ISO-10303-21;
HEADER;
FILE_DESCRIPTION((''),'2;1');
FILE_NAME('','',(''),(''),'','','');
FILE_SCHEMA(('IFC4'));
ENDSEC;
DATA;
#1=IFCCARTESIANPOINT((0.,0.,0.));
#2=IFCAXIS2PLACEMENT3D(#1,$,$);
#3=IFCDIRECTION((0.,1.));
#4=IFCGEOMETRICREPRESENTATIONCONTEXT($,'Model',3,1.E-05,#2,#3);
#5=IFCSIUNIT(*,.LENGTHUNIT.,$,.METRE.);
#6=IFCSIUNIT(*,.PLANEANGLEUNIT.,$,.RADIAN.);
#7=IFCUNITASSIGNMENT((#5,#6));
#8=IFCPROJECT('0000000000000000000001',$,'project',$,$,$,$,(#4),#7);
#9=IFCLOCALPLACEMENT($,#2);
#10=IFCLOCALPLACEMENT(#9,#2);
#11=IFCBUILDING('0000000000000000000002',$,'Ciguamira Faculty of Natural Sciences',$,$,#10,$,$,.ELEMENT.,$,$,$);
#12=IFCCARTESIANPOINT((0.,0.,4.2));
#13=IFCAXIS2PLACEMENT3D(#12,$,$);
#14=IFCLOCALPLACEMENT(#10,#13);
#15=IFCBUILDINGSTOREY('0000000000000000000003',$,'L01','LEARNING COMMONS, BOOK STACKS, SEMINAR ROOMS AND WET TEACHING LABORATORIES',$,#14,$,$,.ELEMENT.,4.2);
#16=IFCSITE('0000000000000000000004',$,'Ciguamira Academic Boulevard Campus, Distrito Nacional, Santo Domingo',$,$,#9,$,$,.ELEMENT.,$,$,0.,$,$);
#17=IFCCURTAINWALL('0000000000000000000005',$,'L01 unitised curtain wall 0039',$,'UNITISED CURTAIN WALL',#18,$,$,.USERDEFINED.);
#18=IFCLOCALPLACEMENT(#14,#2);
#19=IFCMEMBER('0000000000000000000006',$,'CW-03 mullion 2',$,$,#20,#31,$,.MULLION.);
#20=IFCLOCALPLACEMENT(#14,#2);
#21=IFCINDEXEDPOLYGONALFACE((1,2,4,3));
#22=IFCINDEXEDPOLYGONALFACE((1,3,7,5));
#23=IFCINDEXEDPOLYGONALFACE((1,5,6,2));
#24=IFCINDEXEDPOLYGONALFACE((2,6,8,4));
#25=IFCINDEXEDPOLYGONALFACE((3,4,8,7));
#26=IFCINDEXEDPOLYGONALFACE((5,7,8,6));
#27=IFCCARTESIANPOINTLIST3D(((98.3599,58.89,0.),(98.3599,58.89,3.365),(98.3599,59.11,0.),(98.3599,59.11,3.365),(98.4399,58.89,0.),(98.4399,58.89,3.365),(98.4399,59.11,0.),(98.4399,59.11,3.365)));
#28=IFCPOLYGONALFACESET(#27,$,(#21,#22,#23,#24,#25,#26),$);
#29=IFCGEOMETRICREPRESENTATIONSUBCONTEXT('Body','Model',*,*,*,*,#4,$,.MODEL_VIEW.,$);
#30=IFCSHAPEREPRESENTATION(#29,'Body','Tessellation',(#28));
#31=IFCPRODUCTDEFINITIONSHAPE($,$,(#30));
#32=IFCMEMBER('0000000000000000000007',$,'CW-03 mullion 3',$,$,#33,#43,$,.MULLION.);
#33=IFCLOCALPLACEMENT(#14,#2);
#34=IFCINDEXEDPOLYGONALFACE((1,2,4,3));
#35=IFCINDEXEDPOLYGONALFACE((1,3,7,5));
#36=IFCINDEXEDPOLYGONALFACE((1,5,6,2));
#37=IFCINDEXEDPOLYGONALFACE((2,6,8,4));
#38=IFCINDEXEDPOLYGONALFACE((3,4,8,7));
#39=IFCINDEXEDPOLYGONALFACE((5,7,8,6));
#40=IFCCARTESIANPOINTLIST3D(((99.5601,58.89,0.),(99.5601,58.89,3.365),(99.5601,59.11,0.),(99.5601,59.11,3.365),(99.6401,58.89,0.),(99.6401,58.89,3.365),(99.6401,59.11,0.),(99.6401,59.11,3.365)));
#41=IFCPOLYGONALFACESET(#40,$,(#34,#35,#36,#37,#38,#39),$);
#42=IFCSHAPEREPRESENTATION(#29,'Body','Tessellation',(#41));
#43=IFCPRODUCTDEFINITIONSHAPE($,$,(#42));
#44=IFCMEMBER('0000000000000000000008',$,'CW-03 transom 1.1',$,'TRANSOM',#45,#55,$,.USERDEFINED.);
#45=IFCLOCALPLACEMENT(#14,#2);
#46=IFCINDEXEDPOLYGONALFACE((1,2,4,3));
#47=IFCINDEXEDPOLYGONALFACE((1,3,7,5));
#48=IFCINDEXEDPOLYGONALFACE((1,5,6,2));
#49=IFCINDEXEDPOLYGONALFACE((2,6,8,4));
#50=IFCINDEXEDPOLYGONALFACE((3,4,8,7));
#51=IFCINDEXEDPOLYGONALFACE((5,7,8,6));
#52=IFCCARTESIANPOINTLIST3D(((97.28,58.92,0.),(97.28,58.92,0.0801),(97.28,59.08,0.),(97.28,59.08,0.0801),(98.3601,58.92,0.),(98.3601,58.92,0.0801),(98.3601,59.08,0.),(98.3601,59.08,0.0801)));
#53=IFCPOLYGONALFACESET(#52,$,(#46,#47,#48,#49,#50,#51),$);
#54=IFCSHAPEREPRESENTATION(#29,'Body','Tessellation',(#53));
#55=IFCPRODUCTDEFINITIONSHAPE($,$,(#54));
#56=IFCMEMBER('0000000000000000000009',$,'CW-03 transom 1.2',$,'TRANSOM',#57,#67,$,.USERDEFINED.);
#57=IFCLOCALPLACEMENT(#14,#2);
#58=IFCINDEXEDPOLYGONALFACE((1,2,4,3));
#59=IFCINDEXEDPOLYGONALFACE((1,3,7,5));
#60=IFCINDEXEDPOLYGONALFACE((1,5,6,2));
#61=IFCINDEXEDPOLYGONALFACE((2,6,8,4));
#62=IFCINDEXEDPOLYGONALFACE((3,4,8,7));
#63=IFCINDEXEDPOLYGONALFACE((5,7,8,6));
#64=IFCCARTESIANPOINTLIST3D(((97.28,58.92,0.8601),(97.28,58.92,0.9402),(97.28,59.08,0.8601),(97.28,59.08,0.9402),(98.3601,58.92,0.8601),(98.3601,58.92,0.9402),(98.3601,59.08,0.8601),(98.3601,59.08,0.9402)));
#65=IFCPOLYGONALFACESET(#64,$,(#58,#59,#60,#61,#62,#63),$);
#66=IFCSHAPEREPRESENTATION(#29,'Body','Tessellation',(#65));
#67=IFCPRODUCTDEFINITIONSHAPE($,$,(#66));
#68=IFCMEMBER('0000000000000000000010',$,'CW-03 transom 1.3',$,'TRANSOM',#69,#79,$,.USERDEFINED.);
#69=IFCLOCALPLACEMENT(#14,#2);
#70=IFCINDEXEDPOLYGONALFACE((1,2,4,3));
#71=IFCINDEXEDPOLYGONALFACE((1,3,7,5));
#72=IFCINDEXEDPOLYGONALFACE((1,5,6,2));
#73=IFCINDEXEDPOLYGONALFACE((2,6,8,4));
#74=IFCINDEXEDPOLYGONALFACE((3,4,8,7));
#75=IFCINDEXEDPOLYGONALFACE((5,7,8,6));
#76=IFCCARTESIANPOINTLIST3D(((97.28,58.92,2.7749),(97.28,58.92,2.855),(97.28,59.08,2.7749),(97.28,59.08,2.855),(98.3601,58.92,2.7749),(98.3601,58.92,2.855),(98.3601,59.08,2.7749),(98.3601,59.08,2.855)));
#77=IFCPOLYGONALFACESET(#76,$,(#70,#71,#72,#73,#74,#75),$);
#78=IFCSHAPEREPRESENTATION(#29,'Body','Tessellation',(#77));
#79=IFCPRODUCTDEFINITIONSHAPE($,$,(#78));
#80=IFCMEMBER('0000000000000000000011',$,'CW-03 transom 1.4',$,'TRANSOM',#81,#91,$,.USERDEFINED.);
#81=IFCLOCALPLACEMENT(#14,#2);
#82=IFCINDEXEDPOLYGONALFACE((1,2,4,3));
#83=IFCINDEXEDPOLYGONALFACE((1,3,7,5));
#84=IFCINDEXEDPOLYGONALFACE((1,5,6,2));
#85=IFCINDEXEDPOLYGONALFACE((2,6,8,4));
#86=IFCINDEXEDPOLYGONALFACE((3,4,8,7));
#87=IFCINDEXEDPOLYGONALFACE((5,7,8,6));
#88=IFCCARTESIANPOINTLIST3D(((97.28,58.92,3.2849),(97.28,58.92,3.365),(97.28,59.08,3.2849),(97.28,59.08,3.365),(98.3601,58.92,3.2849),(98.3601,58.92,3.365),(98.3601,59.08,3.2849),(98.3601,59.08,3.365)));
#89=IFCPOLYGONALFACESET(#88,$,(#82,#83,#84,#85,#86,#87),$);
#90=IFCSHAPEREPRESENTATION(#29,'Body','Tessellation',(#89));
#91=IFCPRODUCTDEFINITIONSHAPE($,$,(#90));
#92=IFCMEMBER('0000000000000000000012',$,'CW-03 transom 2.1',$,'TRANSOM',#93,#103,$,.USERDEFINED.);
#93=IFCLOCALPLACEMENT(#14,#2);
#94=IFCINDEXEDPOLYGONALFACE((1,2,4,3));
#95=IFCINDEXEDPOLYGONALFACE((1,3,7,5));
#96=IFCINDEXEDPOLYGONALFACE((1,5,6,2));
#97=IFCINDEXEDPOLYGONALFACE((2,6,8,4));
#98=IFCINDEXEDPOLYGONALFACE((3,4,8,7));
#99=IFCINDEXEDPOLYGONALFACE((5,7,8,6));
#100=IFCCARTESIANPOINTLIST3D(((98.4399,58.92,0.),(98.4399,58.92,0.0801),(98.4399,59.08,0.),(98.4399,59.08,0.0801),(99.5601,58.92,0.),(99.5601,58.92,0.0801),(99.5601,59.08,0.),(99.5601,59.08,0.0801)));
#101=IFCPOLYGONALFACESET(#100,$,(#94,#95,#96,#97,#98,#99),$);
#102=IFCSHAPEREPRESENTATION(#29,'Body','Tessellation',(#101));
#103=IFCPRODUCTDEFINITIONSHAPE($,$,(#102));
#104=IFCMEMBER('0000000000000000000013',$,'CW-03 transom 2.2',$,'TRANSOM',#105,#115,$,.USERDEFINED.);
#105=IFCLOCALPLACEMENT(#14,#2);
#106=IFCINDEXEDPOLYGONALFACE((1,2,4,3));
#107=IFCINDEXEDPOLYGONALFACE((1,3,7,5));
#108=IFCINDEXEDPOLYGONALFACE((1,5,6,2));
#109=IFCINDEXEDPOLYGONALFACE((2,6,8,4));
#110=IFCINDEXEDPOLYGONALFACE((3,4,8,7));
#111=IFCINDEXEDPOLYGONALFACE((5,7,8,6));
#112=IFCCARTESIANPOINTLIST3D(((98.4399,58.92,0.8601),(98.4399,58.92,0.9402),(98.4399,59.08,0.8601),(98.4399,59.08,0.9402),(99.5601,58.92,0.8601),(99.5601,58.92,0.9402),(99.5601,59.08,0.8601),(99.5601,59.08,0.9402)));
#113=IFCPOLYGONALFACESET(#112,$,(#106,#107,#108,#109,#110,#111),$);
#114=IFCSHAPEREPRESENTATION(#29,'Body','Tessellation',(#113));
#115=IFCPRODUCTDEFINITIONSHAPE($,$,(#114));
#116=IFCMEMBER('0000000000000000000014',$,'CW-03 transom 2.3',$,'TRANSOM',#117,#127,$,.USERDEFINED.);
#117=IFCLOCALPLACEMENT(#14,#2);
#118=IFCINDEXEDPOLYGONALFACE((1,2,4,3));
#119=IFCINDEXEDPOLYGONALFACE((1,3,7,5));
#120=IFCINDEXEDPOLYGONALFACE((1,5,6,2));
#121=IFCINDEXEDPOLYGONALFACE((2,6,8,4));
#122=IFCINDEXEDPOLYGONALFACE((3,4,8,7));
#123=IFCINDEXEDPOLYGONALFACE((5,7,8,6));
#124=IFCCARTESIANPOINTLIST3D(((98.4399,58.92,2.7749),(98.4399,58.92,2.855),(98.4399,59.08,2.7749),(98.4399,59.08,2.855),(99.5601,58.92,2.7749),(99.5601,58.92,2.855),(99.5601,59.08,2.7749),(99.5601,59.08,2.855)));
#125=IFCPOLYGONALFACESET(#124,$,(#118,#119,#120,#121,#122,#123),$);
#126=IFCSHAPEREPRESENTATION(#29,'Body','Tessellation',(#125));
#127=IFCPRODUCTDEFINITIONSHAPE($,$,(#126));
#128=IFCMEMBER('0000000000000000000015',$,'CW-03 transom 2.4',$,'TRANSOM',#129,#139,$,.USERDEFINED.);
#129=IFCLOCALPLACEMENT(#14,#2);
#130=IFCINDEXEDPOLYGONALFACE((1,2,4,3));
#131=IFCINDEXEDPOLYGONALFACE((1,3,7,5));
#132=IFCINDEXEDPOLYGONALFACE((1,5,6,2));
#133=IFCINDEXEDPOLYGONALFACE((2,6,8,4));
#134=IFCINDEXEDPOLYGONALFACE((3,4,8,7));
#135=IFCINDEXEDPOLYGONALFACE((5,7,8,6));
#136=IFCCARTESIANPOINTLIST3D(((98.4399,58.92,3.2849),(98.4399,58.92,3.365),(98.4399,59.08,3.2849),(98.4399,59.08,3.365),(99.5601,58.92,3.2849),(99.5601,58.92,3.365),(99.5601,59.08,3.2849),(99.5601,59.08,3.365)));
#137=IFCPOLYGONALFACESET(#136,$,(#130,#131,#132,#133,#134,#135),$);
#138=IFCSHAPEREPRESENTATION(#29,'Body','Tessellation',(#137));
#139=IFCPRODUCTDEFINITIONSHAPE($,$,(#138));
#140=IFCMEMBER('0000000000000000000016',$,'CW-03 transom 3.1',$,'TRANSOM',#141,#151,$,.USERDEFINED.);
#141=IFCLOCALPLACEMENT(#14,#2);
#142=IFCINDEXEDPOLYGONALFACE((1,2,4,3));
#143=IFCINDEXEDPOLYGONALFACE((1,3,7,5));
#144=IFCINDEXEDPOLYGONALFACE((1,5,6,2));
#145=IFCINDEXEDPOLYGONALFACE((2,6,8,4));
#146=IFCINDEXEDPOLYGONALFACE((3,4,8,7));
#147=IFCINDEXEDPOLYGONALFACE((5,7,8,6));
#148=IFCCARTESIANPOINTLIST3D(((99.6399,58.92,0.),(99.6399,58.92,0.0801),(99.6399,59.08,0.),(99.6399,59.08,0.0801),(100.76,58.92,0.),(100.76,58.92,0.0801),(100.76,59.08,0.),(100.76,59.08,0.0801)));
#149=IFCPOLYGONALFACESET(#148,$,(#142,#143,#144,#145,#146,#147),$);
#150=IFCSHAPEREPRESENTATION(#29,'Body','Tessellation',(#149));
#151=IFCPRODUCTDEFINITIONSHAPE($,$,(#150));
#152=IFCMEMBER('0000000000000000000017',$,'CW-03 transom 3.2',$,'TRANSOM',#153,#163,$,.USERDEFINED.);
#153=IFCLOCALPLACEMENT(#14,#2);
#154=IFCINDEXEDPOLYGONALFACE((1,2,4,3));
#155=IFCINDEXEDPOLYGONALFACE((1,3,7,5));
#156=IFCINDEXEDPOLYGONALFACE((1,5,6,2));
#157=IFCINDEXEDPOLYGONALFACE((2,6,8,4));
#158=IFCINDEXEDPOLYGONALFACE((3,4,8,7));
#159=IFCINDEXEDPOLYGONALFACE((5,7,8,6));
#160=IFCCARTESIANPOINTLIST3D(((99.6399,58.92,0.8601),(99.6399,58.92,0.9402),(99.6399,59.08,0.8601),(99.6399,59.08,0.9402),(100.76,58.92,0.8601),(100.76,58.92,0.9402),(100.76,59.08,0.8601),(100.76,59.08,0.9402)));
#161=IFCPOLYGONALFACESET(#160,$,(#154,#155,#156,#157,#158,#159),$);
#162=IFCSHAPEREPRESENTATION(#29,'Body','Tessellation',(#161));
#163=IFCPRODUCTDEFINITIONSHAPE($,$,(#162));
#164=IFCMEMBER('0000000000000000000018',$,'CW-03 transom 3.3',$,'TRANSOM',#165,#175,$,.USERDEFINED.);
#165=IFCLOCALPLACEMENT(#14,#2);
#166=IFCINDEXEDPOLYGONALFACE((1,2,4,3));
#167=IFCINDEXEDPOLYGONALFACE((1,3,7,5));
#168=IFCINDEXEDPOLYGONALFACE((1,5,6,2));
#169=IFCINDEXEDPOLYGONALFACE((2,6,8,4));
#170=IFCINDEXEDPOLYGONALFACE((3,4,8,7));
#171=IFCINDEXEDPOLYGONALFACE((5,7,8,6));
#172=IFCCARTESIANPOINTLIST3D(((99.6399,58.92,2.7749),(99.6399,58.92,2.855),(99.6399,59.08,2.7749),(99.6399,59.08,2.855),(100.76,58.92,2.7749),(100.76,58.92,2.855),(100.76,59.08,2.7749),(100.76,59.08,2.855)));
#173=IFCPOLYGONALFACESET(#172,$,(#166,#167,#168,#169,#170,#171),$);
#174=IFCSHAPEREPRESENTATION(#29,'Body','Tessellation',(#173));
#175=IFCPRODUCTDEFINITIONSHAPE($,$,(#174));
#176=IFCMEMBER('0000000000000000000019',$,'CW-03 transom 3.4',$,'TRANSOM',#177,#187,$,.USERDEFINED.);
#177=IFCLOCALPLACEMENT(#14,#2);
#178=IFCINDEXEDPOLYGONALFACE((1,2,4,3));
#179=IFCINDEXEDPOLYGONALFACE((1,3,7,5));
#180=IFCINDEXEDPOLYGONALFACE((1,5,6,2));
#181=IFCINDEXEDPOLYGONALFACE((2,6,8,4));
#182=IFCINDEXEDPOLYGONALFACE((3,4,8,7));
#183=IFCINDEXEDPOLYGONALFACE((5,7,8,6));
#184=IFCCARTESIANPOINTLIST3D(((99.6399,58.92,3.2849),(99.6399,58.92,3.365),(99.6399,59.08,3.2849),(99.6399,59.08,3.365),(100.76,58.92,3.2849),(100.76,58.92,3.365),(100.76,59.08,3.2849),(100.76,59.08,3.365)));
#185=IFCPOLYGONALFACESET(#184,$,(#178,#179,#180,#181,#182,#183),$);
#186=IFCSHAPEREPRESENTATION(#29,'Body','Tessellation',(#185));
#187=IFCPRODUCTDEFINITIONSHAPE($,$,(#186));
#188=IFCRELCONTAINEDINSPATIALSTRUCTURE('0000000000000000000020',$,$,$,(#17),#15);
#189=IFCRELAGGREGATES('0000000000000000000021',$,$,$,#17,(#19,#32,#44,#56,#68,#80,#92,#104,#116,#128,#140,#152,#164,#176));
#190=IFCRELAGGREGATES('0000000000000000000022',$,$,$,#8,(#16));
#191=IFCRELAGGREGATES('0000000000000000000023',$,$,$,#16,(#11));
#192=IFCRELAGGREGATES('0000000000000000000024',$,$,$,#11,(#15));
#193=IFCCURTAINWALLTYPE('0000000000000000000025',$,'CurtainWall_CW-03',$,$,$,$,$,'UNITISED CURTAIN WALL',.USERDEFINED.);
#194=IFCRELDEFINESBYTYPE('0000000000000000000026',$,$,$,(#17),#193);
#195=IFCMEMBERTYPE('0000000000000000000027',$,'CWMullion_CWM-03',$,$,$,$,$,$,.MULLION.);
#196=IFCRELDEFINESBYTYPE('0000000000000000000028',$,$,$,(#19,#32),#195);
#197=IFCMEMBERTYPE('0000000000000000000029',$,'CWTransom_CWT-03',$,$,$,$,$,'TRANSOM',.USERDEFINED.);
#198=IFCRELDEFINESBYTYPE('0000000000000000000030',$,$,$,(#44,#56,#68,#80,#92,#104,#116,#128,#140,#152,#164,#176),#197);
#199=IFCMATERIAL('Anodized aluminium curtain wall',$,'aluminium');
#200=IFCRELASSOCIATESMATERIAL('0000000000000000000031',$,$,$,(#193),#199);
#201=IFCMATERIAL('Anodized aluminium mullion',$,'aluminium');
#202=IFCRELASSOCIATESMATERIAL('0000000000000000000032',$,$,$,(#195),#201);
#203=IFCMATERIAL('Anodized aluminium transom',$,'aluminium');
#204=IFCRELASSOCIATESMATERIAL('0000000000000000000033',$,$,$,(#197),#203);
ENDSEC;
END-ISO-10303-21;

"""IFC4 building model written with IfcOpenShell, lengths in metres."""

from ifc_helpers import new_model, si_unit, direction, frame, origin, origin_2d, place, context, subcontext, project, spatial, rectangle, extrude, material, material_profile, profile_set, type_object, element, aggregate, save


model = new_model("IFC4")

# Units and contexts
model_context = context("Model", 3, precision=1e-05, world=origin(), true_north=direction((0.0, 1.0)))
body_context = subcontext(model_context, "Body", "Model", "MODEL_VIEW")
ifc_project = project(units=[si_unit("LENGTHUNIT", "METRE"), si_unit("PLANEANGLEUNIT", "RADIAN")], contexts=[model_context])

# Site, building, storey
site_placement = place(None, origin())
site = spatial("IfcSite", under=ifc_project, at=site_placement, Name="Ciguamira Academic Boulevard Campus, Distrito Nacional, Santo Domingo", CompositionType="ELEMENT", RefElevation=0.0)
building_placement = place(site_placement, origin())
building = spatial("IfcBuilding", under=site, at=building_placement, Name="Ciguamira Faculty of Natural Sciences", CompositionType="ELEMENT")
storey_placement = place(building_placement, frame((0.0, 0.0, 4.2)))
storey = spatial("IfcBuildingStorey", under=building, at=storey_placement, Name="L01", Description="LEARNING COMMONS, BOOK STACKS, SEMINAR ROOMS AND WET TEACHING LABORATORIES", CompositionType="ELEMENT", Elevation=4.2)

# Curtain wall, members
ifc_material_1 = material(Name="Anodized aluminium curtain wall", Category="aluminium")
curtain_wall_type = type_object("IfcCurtainWallType", Name="CurtainWall_CW-03", ElementType="UNITISED CURTAIN WALL", PredefinedType="USERDEFINED", material=ifc_material_1)
curtain_wall_placement = place(storey_placement, origin())
curtain_wall = element("IfcCurtainWall", 1, at=curtain_wall_placement, inside=storey, type_object=curtain_wall_type, Name="L01 unitised curtain wall 0039", ObjectType="UNITISED CURTAIN WALL", PredefinedType="USERDEFINED")
ifc_material_2 = material(Name="Anodized aluminium mullion", Category="aluminium")
ifc_material_profile_1 = material_profile(ifc_material_2, rectangle(XDim=0.0801, YDim=0.22, at=origin_2d()), Name="ALU-MUL-80X220")
ifc_profile_set_1 = profile_set([ifc_material_profile_1], Name="Anodized aluminium mullion")
member_type_1 = type_object("IfcMemberType", Name="CWMullion_CWM-03", PredefinedType="MULLION", material=ifc_profile_set_1)
member_1_placement = place(storey_placement, frame((98.3999, 59.0, 0.0), z_axis=(0.0, 0.0, 1.0), x_axis=(1.0, 0.0, 0.0)))
member_1 = element("IfcMember", 2, at=member_1_placement, type_object=member_type_1, Name="CW-03 mullion 2", PredefinedType="MULLION", context=body_context, shape_type="SweptSolid", body=[
    extrude(rectangle(XDim=0.0801, YDim=0.22, at=origin_2d()), origin(), (0.0, 0.0, 1.0), 3.365),
])
member_2_placement = place(storey_placement, frame((99.6001, 59.0, 0.0), z_axis=(0.0, 0.0, 1.0), x_axis=(1.0, 0.0, 0.0)))
member_2 = element("IfcMember", 3, at=member_2_placement, type_object=member_type_1, Name="CW-03 mullion 3", PredefinedType="MULLION", context=body_context, shape_type="SweptSolid", body=[
    extrude(rectangle(XDim=0.0801, YDim=0.22, at=origin_2d()), origin(), (0.0, 0.0, 1.0), 3.365),
])
ifc_material_3 = material(Name="Anodized aluminium transom", Category="aluminium")
ifc_material_profile_2 = material_profile(ifc_material_3, rectangle(XDim=0.0801, YDim=0.1599, at=origin_2d()), Name="ALU-TRN-80X160")
ifc_profile_set_2 = profile_set([ifc_material_profile_2], Name="Anodized aluminium transom")
member_type_2 = type_object("IfcMemberType", Name="CWTransom_CWT-03", ElementType="TRANSOM", PredefinedType="USERDEFINED", material=ifc_profile_set_2)
member_3_placement = place(storey_placement, frame((97.28, 59.0, 0.04), z_axis=(1.0, 0.0, 0.0), x_axis=(0.0, 0.0, 1.0)))
member_3 = element("IfcMember", 4, at=member_3_placement, type_object=member_type_2, Name="CW-03 transom 1.1", ObjectType="TRANSOM", PredefinedType="USERDEFINED", context=body_context, shape_type="SweptSolid", body=[
    extrude(rectangle(XDim=0.0801, YDim=0.1599, at=origin_2d()), origin(), (0.0, 0.0, 1.0), 1.0801),
])
member_4_placement = place(storey_placement, frame((97.28, 59.0, 0.9001), z_axis=(1.0, 0.0, 0.0), x_axis=(0.0, 0.0, 1.0)))
member_4 = element("IfcMember", 5, at=member_4_placement, type_object=member_type_2, Name="CW-03 transom 1.2", ObjectType="TRANSOM", PredefinedType="USERDEFINED", context=body_context, shape_type="SweptSolid", body=[
    extrude(rectangle(XDim=0.0801, YDim=0.1599, at=origin_2d()), origin(), (0.0, 0.0, 1.0), 1.0801),
])
member_5_placement = place(storey_placement, frame((97.28, 59.0, 2.8149), z_axis=(1.0, 0.0, 0.0), x_axis=(0.0, 0.0, 1.0)))
member_5 = element("IfcMember", 6, at=member_5_placement, type_object=member_type_2, Name="CW-03 transom 1.3", ObjectType="TRANSOM", PredefinedType="USERDEFINED", context=body_context, shape_type="SweptSolid", body=[
    extrude(rectangle(XDim=0.0801, YDim=0.1599, at=origin_2d()), origin(), (0.0, 0.0, 1.0), 1.0801),
])
member_6_placement = place(storey_placement, frame((97.28, 59.0, 3.325), z_axis=(1.0, 0.0, 0.0), x_axis=(0.0, 0.0, 1.0)))
member_6 = element("IfcMember", 7, at=member_6_placement, type_object=member_type_2, Name="CW-03 transom 1.4", ObjectType="TRANSOM", PredefinedType="USERDEFINED", context=body_context, shape_type="SweptSolid", body=[
    extrude(rectangle(XDim=0.0801, YDim=0.1599, at=origin_2d()), origin(), (0.0, 0.0, 1.0), 1.0801),
])
member_7_placement = place(storey_placement, frame((98.4399, 59.0, 0.04), z_axis=(1.0, 0.0, 0.0), x_axis=(0.0, 0.0, 1.0)))
member_7 = element("IfcMember", 8, at=member_7_placement, type_object=member_type_2, Name="CW-03 transom 2.1", ObjectType="TRANSOM", PredefinedType="USERDEFINED", context=body_context, shape_type="SweptSolid", body=[
    extrude(rectangle(XDim=0.0801, YDim=0.1599, at=origin_2d()), origin(), (0.0, 0.0, 1.0), 1.1201),
])
member_8_placement = place(storey_placement, frame((98.4399, 59.0, 0.9001), z_axis=(1.0, 0.0, 0.0), x_axis=(0.0, 0.0, 1.0)))
member_8 = element("IfcMember", 9, at=member_8_placement, type_object=member_type_2, Name="CW-03 transom 2.2", ObjectType="TRANSOM", PredefinedType="USERDEFINED", context=body_context, shape_type="SweptSolid", body=[
    extrude(rectangle(XDim=0.0801, YDim=0.1599, at=origin_2d()), origin(), (0.0, 0.0, 1.0), 1.1201),
])
member_9_placement = place(storey_placement, frame((98.4399, 59.0, 2.8149), z_axis=(1.0, 0.0, 0.0), x_axis=(0.0, 0.0, 1.0)))
member_9 = element("IfcMember", 10, at=member_9_placement, type_object=member_type_2, Name="CW-03 transom 2.3", ObjectType="TRANSOM", PredefinedType="USERDEFINED", context=body_context, shape_type="SweptSolid", body=[
    extrude(rectangle(XDim=0.0801, YDim=0.1599, at=origin_2d()), origin(), (0.0, 0.0, 1.0), 1.1201),
])
member_10_placement = place(storey_placement, frame((98.4399, 59.0, 3.325), z_axis=(1.0, 0.0, 0.0), x_axis=(0.0, 0.0, 1.0)))
member_10 = element("IfcMember", 11, at=member_10_placement, type_object=member_type_2, Name="CW-03 transom 2.4", ObjectType="TRANSOM", PredefinedType="USERDEFINED", context=body_context, shape_type="SweptSolid", body=[
    extrude(rectangle(XDim=0.0801, YDim=0.1599, at=origin_2d()), origin(), (0.0, 0.0, 1.0), 1.1201),
])
member_11_placement = place(storey_placement, frame((99.6399, 59.0, 0.04), z_axis=(1.0, 0.0, 0.0), x_axis=(0.0, 0.0, 1.0)))
member_11 = element("IfcMember", 12, at=member_11_placement, type_object=member_type_2, Name="CW-03 transom 3.1", ObjectType="TRANSOM", PredefinedType="USERDEFINED", context=body_context, shape_type="SweptSolid", body=[
    extrude(rectangle(XDim=0.0801, YDim=0.1599, at=origin_2d()), origin(), (0.0, 0.0, 1.0), 1.1201),
])
member_12_placement = place(storey_placement, frame((99.6399, 59.0, 0.9001), z_axis=(1.0, 0.0, 0.0), x_axis=(0.0, 0.0, 1.0)))
member_12 = element("IfcMember", 13, at=member_12_placement, type_object=member_type_2, Name="CW-03 transom 3.2", ObjectType="TRANSOM", PredefinedType="USERDEFINED", context=body_context, shape_type="SweptSolid", body=[
    extrude(rectangle(XDim=0.0801, YDim=0.1599, at=origin_2d()), origin(), (0.0, 0.0, 1.0), 1.1201),
])
member_13_placement = place(storey_placement, frame((99.6399, 59.0, 2.8149), z_axis=(1.0, 0.0, 0.0), x_axis=(0.0, 0.0, 1.0)))
member_13 = element("IfcMember", 14, at=member_13_placement, type_object=member_type_2, Name="CW-03 transom 3.3", ObjectType="TRANSOM", PredefinedType="USERDEFINED", context=body_context, shape_type="SweptSolid", body=[
    extrude(rectangle(XDim=0.0801, YDim=0.1599, at=origin_2d()), origin(), (0.0, 0.0, 1.0), 1.1201),
])
member_14_placement = place(storey_placement, frame((99.6399, 59.0, 3.325), z_axis=(1.0, 0.0, 0.0), x_axis=(0.0, 0.0, 1.0)))
member_14 = element("IfcMember", 15, at=member_14_placement, type_object=member_type_2, Name="CW-03 transom 3.4", ObjectType="TRANSOM", PredefinedType="USERDEFINED", context=body_context, shape_type="SweptSolid", body=[
    extrude(rectangle(XDim=0.0801, YDim=0.1599, at=origin_2d()), origin(), (0.0, 0.0, 1.0), 1.1201),
])
aggregate(curtain_wall, [member_1, member_2, member_3, member_4, member_5, member_6, member_7, member_8, member_9, member_10, member_11, member_12, member_13, member_14])

save(model, "model.ifc")
